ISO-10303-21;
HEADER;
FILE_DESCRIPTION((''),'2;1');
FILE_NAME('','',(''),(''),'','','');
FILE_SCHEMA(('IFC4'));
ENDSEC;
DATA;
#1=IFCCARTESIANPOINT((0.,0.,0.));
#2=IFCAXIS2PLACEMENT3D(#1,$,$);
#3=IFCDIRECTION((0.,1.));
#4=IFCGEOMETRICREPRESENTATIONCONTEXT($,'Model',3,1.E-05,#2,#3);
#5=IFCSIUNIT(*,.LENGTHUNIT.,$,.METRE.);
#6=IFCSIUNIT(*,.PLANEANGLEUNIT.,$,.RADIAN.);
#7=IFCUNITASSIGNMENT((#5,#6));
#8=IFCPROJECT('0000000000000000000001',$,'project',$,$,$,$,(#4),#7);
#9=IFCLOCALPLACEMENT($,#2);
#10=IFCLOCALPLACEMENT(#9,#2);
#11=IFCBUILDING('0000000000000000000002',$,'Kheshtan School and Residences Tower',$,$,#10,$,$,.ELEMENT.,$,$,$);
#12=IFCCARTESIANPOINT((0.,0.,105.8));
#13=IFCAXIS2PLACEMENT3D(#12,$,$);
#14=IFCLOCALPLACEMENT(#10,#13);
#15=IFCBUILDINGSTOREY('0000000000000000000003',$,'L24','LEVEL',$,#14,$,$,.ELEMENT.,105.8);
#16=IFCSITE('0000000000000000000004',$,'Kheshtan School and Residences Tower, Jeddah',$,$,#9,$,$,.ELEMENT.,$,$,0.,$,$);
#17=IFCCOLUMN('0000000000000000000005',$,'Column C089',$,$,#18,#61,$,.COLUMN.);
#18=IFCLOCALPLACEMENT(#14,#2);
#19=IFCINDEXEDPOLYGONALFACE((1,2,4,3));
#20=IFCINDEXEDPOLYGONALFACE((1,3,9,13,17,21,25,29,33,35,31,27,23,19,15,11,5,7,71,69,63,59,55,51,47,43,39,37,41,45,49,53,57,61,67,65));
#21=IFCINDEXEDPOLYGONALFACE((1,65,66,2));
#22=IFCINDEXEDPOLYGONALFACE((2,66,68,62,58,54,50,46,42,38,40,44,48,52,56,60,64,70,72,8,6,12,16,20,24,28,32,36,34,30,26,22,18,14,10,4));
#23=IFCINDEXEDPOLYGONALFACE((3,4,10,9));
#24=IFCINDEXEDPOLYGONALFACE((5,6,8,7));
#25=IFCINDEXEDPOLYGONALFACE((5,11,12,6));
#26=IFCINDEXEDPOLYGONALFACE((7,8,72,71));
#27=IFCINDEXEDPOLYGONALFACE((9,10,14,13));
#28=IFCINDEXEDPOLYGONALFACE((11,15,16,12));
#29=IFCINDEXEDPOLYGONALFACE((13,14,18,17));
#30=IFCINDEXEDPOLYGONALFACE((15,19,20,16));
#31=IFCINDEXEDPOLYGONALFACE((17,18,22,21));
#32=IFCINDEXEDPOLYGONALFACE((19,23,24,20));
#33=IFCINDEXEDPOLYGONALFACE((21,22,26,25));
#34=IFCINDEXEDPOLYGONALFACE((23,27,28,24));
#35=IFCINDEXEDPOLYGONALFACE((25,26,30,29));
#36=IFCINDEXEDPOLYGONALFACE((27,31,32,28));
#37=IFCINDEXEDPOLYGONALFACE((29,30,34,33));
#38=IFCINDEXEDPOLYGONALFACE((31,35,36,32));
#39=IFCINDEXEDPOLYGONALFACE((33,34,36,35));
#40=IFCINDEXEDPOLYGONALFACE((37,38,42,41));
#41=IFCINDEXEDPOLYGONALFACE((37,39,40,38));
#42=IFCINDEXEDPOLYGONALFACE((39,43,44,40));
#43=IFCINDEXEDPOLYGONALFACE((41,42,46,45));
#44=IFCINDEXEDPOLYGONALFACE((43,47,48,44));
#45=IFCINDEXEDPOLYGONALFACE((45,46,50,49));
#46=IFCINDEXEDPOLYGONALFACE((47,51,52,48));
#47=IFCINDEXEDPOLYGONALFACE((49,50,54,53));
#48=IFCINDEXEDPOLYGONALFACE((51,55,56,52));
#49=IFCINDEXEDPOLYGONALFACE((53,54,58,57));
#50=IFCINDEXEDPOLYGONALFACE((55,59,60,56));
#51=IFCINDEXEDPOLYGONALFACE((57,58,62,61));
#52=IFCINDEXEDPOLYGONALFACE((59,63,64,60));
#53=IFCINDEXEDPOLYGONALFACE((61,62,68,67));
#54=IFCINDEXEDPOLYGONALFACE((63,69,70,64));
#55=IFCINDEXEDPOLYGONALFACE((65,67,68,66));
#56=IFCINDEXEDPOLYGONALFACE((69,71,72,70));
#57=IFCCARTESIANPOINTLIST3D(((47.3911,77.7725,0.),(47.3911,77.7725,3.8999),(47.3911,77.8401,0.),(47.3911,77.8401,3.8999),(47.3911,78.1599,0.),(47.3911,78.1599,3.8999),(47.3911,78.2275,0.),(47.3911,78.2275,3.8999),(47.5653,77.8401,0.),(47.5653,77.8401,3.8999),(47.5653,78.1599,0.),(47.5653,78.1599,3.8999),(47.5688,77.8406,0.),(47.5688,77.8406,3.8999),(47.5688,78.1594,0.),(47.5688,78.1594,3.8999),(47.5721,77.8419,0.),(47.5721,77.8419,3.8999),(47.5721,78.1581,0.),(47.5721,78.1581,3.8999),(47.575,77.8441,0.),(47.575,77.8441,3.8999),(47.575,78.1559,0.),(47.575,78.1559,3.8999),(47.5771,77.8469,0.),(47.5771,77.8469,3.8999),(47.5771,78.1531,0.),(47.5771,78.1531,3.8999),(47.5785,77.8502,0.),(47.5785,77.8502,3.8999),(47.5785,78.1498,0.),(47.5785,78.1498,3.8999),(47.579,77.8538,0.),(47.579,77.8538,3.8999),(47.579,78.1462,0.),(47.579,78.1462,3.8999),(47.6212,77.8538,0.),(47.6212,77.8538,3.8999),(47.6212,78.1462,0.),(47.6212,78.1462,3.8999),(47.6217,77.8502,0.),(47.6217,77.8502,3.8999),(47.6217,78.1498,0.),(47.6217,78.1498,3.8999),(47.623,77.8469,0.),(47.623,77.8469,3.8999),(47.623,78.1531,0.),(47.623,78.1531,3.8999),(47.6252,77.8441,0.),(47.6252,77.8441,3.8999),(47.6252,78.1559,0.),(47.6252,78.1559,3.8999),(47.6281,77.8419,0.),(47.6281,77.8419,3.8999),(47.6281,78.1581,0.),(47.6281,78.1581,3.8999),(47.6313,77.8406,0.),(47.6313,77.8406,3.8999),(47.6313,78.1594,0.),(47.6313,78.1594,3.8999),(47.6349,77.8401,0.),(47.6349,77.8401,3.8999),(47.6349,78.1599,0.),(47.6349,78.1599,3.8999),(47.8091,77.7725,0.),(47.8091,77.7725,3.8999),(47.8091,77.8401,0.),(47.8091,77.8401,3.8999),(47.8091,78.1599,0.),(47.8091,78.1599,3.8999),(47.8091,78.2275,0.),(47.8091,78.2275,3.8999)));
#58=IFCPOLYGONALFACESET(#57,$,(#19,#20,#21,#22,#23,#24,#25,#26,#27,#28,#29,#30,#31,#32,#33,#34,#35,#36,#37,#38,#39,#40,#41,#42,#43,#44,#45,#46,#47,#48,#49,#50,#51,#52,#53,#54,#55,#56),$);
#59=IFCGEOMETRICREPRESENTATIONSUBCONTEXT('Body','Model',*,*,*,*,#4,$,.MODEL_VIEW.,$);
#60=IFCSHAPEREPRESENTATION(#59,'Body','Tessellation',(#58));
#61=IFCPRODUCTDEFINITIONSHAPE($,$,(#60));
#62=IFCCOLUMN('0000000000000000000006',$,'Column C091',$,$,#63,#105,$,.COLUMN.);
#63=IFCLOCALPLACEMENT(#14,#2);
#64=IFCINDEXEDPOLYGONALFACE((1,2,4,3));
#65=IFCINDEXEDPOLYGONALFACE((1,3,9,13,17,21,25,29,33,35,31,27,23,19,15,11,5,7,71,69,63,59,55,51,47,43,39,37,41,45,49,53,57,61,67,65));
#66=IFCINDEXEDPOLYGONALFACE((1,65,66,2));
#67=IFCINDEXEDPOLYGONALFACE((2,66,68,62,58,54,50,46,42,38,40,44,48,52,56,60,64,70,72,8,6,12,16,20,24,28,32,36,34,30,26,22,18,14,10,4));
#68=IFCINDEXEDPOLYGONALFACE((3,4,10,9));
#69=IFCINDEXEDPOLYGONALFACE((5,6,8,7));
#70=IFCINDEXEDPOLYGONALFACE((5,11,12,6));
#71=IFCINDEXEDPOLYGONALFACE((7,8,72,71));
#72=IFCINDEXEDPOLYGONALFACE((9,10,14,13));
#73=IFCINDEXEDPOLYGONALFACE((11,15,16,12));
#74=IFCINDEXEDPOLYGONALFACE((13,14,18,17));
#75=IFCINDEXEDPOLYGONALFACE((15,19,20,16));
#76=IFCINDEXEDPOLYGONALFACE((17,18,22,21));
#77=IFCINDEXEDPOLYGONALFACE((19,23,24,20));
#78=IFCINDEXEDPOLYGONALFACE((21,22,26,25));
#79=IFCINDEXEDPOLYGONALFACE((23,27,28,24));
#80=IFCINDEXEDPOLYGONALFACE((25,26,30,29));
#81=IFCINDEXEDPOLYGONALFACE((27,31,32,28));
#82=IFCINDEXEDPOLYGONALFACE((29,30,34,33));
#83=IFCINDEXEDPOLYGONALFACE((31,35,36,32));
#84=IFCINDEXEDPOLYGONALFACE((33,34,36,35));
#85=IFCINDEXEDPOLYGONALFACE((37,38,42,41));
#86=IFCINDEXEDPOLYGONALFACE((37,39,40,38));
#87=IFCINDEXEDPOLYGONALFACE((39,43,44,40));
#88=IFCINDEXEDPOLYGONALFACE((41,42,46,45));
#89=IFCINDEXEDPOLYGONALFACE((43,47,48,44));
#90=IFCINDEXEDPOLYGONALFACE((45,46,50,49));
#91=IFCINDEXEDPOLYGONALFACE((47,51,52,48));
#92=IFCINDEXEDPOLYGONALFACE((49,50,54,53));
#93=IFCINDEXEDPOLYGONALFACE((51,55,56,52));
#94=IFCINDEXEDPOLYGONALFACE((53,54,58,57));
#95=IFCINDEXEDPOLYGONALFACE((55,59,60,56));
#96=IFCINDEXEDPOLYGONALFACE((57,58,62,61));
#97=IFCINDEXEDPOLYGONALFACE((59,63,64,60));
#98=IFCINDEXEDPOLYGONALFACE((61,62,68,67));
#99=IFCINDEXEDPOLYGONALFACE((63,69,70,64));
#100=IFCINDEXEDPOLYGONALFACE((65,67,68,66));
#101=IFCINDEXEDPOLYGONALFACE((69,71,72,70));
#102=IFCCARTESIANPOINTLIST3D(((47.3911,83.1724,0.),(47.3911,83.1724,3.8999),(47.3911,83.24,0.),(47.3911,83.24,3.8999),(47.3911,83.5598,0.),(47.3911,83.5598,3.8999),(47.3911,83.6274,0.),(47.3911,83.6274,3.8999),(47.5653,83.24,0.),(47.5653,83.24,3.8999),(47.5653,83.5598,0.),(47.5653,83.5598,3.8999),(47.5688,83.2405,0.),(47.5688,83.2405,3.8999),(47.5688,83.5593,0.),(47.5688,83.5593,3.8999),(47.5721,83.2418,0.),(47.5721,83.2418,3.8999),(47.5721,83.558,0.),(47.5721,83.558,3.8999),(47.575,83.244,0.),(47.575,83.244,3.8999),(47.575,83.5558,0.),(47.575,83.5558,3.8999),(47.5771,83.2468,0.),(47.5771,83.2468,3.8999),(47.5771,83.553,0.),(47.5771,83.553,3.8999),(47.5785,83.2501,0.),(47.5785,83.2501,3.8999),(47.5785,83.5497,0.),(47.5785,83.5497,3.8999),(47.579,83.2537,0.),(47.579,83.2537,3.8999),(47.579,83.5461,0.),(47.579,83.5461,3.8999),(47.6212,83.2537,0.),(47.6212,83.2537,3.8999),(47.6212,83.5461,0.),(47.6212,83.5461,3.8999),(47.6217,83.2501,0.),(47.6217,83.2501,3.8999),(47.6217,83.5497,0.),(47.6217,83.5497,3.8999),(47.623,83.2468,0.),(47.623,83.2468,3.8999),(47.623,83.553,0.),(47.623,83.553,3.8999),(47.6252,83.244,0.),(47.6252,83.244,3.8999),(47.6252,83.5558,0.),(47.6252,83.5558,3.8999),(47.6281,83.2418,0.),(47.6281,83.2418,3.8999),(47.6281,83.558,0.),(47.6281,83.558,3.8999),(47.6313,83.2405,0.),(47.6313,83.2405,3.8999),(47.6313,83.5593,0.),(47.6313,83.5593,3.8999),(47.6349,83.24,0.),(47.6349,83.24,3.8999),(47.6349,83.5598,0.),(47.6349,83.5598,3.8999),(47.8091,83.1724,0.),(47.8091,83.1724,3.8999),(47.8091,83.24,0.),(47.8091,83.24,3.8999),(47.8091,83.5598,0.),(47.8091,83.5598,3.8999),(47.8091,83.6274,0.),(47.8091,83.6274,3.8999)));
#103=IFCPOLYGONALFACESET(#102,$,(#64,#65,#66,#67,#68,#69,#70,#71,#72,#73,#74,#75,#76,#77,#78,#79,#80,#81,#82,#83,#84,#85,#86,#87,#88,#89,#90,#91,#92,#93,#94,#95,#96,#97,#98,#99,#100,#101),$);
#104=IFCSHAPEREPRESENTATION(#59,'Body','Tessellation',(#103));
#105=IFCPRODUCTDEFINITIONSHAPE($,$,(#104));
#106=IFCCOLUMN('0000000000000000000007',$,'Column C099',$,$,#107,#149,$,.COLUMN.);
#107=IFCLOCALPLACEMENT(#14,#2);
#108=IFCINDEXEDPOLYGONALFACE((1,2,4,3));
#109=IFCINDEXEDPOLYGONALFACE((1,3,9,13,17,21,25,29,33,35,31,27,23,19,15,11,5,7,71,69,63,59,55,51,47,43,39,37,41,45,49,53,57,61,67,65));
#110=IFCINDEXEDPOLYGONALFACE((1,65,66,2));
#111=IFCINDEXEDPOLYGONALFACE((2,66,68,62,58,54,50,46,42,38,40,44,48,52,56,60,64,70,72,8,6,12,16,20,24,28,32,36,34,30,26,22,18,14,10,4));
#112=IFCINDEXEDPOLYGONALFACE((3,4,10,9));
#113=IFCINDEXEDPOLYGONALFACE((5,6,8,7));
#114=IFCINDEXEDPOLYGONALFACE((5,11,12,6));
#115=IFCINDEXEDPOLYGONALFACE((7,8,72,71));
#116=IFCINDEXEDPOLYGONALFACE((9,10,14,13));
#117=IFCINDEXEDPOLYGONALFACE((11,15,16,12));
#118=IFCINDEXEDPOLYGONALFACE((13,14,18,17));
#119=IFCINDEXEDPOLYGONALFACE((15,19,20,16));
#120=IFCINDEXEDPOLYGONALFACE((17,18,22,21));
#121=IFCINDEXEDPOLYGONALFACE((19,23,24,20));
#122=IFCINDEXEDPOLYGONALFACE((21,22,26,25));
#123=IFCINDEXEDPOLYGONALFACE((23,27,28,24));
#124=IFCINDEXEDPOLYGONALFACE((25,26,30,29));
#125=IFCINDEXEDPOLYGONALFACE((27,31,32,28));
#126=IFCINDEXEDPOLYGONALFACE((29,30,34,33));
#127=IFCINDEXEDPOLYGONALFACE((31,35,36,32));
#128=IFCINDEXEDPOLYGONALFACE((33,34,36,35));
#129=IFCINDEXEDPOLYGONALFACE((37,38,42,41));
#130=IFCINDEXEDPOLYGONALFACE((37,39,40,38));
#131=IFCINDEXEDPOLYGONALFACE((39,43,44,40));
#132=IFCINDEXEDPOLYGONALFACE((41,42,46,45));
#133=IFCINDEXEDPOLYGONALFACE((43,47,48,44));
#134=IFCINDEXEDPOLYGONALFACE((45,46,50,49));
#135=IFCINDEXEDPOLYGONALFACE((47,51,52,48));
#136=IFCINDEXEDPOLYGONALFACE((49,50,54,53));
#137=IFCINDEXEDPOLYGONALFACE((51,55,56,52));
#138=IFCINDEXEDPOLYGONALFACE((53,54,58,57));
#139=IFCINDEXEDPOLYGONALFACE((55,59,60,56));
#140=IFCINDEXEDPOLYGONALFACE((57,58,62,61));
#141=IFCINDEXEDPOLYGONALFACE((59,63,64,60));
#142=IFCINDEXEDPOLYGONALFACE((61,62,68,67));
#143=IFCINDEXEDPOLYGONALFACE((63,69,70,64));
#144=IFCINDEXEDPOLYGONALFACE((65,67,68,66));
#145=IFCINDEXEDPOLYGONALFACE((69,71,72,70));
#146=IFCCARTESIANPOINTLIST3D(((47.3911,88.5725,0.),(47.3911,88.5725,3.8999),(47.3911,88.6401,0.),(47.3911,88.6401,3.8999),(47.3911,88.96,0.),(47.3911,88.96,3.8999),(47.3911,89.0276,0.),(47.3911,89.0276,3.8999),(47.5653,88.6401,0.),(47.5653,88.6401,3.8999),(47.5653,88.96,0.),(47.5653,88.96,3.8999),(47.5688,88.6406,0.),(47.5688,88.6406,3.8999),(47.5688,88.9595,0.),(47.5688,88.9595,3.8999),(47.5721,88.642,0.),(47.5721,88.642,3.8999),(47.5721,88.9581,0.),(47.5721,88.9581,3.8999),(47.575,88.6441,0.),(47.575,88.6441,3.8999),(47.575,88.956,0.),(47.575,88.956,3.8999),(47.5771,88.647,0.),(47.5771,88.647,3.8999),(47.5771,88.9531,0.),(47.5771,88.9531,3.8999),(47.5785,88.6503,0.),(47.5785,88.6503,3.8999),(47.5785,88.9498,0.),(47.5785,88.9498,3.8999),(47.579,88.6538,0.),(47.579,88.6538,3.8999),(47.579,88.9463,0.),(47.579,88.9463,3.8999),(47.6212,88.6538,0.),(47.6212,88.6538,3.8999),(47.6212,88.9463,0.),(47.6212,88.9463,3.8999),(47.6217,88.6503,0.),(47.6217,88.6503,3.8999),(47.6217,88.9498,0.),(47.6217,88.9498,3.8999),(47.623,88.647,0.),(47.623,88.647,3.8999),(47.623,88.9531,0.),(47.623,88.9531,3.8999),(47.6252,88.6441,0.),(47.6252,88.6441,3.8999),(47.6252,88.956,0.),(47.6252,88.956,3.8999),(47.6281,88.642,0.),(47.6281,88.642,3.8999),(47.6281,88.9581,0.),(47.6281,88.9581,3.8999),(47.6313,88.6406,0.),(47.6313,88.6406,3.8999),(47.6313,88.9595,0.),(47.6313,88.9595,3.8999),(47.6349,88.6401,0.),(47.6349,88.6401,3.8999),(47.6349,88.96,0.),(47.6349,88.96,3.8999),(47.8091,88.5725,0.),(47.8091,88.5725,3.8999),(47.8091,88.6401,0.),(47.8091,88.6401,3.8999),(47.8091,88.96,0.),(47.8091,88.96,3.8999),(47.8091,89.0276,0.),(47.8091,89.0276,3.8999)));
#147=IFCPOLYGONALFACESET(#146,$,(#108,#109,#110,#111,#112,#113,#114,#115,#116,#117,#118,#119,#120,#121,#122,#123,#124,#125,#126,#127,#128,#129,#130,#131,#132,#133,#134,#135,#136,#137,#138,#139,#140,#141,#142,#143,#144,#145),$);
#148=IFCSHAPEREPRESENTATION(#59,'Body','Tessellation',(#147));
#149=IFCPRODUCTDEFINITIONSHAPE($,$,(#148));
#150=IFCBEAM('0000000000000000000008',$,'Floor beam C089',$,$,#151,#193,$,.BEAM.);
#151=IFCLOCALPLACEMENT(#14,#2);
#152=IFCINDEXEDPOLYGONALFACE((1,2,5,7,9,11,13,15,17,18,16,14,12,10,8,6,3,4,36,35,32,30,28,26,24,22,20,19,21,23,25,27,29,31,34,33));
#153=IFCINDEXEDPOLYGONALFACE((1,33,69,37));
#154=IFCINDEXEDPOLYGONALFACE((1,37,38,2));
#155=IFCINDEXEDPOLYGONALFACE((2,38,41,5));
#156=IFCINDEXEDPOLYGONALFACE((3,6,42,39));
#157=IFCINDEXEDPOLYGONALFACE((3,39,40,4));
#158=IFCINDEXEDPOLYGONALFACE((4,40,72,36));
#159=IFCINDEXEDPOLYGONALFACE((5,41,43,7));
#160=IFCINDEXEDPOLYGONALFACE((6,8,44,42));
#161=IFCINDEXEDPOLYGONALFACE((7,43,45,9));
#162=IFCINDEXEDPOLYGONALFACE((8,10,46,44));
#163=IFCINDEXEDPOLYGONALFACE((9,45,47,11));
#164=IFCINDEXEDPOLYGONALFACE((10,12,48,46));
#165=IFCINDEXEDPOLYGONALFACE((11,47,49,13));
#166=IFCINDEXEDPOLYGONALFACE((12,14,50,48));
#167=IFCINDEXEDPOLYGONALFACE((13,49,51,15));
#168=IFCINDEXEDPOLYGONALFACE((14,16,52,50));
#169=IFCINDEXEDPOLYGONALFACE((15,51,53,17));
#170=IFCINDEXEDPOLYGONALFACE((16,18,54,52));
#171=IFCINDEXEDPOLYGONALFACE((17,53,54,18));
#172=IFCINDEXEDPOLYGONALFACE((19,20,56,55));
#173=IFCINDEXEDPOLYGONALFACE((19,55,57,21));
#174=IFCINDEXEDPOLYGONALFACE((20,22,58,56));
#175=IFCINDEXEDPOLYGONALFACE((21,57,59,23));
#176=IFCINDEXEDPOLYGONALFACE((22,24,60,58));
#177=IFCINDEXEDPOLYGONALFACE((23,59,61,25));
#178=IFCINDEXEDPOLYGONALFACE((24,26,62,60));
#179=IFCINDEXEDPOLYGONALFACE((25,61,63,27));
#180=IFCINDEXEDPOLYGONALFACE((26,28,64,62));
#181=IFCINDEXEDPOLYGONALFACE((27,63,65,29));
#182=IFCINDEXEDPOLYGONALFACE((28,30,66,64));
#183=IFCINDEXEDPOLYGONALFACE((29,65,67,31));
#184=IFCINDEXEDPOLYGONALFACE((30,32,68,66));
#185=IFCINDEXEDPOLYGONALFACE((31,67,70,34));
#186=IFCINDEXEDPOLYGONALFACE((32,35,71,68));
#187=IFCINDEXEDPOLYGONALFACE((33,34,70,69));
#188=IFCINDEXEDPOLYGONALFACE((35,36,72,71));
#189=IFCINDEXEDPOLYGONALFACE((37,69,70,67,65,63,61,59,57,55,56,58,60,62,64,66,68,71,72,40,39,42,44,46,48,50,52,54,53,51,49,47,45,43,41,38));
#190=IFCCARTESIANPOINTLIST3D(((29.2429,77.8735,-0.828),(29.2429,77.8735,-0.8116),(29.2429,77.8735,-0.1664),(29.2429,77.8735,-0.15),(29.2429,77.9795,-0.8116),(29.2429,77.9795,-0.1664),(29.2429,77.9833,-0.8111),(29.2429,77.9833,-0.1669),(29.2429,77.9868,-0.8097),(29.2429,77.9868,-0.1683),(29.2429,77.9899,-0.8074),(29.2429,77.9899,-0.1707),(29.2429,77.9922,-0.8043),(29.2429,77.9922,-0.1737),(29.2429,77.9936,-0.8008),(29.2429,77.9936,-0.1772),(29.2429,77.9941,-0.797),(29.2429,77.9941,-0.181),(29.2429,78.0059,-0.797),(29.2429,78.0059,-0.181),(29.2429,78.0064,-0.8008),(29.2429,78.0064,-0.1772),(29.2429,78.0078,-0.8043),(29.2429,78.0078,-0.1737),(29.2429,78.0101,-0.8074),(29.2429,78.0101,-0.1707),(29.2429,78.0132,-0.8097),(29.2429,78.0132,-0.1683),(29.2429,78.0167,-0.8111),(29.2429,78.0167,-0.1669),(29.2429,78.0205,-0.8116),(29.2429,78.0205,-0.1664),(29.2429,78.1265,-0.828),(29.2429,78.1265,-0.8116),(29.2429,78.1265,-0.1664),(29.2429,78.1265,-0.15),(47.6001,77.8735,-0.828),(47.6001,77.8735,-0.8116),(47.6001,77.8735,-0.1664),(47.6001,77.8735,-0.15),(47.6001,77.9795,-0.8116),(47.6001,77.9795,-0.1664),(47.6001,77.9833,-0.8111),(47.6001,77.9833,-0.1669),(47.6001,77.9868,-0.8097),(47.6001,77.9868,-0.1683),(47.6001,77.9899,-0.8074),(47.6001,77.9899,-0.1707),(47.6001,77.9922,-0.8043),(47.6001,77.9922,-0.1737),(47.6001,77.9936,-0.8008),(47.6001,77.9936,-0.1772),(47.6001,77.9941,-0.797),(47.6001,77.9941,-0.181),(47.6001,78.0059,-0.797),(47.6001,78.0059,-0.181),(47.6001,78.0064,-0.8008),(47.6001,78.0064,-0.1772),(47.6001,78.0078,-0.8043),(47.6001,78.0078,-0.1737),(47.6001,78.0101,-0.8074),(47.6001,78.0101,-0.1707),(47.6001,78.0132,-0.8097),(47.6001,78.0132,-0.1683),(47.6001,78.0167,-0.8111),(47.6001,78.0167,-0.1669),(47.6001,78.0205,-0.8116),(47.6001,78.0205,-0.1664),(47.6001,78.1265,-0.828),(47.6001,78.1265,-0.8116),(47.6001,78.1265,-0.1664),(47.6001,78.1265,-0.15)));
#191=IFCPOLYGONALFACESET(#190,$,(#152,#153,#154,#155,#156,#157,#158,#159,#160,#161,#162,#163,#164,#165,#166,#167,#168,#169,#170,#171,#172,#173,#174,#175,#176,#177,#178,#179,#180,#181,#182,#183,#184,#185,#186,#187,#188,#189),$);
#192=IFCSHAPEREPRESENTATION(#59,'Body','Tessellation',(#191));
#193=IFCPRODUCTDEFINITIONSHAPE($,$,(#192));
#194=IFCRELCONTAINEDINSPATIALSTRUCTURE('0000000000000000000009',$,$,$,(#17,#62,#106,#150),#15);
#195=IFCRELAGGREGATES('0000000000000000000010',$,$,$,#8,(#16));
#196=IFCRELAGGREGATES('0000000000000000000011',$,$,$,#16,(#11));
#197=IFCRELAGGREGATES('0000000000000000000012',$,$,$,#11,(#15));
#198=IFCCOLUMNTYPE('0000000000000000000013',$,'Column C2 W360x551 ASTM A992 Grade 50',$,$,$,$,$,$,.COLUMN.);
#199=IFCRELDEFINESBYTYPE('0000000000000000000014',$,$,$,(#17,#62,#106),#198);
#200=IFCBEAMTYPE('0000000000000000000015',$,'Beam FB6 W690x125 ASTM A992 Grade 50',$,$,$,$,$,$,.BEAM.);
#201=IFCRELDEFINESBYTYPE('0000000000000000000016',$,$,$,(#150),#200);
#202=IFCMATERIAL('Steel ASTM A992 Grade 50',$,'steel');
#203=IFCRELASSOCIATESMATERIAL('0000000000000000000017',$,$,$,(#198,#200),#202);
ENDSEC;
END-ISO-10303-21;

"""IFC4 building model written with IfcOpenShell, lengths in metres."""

from ifc_helpers import new_model, si_unit, direction, frame, origin, origin_2d, place, context, subcontext, project, spatial, i_section, extrude, material, material_profile, profile_set, type_object, element, save


model = new_model("IFC4")

# Units and contexts
model_context = context("Model", 3, precision=1e-05, world=origin(), true_north=direction((0.0, 1.0)))
body_context = subcontext(model_context, "Body", "Model", "MODEL_VIEW")
ifc_project = project(units=[si_unit("LENGTHUNIT", "METRE"), si_unit("PLANEANGLEUNIT", "RADIAN")], contexts=[model_context])

# Site, building, storey
site_placement = place(None, origin())
site = spatial("IfcSite", under=ifc_project, at=site_placement, Name="Kheshtan School and Residences Tower, Jeddah", CompositionType="ELEMENT", RefElevation=0.0)
building_placement = place(site_placement, origin())
building = spatial("IfcBuilding", under=site, at=building_placement, Name="Kheshtan School and Residences Tower", CompositionType="ELEMENT")
storey_placement = place(building_placement, frame((0.0, 0.0, 105.8)))
storey = spatial("IfcBuildingStorey", under=building, at=storey_placement, Name="L24", Description="LEVEL", CompositionType="ELEMENT", Elevation=105.8)

# Columns
ifc_material_1 = material(Name="Steel ASTM A992 Grade 50", Category="steel")
ifc_material_profile_1 = material_profile(ifc_material_1, i_section(OverallWidth=0.418, OverallDepth=0.4551, WebThickness=0.0422, FlangeThickness=0.0676, FilletRadius=0.0137, at=origin_2d()), Name="W360x551")
ifc_profile_set_1 = profile_set([ifc_material_profile_1], Name="Steel ASTM A992 Grade 50")
column_type = type_object("IfcColumnType", Name="Column C2 W360x551 ASTM A992 Grade 50", PredefinedType="COLUMN", material=ifc_profile_set_1)
for number, where, z_axis, x_axis, name in (
    (1, (47.6001, 78.0, 0.0), (0.0, 0.0, 1.0), (1.0, 0.0, 0.0), "Column C089"),
    (2, (47.6001, 83.3999, 0.0), (0.0, 0.0, 1.0), (1.0, 0.0, 0.0), "Column C091"),
    (3, (47.6001, 88.8, 0.0), (0.0, 0.0, 1.0), (1.0, 0.0, 0.0), "Column C099"),
):
    element("IfcColumn", number, at=place(storey_placement, frame(where, z_axis=z_axis, x_axis=x_axis)), inside=storey, type_object=column_type, Name=name, PredefinedType="COLUMN", context=body_context, shape_type="SweptSolid", body=[
        extrude(i_section(OverallWidth=0.418, OverallDepth=0.4551, WebThickness=0.0422, FlangeThickness=0.0676, FilletRadius=0.0137, at=origin_2d()), origin(), (0.0, 0.0, 1.0), 3.8999),
    ])

# Beam
ifc_material_profile_2 = material_profile(ifc_material_1, i_section(OverallWidth=0.2529, OverallDepth=0.678, WebThickness=0.0117, FlangeThickness=0.0164, FilletRadius=0.0146, at=origin_2d()), Name="W690x125")
ifc_profile_set_2 = profile_set([ifc_material_profile_2], Name="Steel ASTM A992 Grade 50")
beam_type_1 = type_object("IfcBeamType", Name="Beam FB6 W690x125 ASTM A992 Grade 50", PredefinedType="BEAM", material=ifc_profile_set_2)
beam_1_placement = place(storey_placement, frame((47.6001, 78.0, -0.489), z_axis=(-1.0, 0.0, 0.0), x_axis=(0.0, -1.0, 0.0)))
element("IfcBeam", 4, at=beam_1_placement, inside=storey, type_object=beam_type_1, Name="Floor beam C089", PredefinedType="BEAM", context=body_context, shape_type="SweptSolid", body=[
    extrude(i_section(OverallWidth=0.2529, OverallDepth=0.678, WebThickness=0.0117, FlangeThickness=0.0164, FilletRadius=0.0146, at=origin_2d()), origin(), (0.0, 0.0, 1.0), 18.3572),
])

save(model, "model.ifc")
